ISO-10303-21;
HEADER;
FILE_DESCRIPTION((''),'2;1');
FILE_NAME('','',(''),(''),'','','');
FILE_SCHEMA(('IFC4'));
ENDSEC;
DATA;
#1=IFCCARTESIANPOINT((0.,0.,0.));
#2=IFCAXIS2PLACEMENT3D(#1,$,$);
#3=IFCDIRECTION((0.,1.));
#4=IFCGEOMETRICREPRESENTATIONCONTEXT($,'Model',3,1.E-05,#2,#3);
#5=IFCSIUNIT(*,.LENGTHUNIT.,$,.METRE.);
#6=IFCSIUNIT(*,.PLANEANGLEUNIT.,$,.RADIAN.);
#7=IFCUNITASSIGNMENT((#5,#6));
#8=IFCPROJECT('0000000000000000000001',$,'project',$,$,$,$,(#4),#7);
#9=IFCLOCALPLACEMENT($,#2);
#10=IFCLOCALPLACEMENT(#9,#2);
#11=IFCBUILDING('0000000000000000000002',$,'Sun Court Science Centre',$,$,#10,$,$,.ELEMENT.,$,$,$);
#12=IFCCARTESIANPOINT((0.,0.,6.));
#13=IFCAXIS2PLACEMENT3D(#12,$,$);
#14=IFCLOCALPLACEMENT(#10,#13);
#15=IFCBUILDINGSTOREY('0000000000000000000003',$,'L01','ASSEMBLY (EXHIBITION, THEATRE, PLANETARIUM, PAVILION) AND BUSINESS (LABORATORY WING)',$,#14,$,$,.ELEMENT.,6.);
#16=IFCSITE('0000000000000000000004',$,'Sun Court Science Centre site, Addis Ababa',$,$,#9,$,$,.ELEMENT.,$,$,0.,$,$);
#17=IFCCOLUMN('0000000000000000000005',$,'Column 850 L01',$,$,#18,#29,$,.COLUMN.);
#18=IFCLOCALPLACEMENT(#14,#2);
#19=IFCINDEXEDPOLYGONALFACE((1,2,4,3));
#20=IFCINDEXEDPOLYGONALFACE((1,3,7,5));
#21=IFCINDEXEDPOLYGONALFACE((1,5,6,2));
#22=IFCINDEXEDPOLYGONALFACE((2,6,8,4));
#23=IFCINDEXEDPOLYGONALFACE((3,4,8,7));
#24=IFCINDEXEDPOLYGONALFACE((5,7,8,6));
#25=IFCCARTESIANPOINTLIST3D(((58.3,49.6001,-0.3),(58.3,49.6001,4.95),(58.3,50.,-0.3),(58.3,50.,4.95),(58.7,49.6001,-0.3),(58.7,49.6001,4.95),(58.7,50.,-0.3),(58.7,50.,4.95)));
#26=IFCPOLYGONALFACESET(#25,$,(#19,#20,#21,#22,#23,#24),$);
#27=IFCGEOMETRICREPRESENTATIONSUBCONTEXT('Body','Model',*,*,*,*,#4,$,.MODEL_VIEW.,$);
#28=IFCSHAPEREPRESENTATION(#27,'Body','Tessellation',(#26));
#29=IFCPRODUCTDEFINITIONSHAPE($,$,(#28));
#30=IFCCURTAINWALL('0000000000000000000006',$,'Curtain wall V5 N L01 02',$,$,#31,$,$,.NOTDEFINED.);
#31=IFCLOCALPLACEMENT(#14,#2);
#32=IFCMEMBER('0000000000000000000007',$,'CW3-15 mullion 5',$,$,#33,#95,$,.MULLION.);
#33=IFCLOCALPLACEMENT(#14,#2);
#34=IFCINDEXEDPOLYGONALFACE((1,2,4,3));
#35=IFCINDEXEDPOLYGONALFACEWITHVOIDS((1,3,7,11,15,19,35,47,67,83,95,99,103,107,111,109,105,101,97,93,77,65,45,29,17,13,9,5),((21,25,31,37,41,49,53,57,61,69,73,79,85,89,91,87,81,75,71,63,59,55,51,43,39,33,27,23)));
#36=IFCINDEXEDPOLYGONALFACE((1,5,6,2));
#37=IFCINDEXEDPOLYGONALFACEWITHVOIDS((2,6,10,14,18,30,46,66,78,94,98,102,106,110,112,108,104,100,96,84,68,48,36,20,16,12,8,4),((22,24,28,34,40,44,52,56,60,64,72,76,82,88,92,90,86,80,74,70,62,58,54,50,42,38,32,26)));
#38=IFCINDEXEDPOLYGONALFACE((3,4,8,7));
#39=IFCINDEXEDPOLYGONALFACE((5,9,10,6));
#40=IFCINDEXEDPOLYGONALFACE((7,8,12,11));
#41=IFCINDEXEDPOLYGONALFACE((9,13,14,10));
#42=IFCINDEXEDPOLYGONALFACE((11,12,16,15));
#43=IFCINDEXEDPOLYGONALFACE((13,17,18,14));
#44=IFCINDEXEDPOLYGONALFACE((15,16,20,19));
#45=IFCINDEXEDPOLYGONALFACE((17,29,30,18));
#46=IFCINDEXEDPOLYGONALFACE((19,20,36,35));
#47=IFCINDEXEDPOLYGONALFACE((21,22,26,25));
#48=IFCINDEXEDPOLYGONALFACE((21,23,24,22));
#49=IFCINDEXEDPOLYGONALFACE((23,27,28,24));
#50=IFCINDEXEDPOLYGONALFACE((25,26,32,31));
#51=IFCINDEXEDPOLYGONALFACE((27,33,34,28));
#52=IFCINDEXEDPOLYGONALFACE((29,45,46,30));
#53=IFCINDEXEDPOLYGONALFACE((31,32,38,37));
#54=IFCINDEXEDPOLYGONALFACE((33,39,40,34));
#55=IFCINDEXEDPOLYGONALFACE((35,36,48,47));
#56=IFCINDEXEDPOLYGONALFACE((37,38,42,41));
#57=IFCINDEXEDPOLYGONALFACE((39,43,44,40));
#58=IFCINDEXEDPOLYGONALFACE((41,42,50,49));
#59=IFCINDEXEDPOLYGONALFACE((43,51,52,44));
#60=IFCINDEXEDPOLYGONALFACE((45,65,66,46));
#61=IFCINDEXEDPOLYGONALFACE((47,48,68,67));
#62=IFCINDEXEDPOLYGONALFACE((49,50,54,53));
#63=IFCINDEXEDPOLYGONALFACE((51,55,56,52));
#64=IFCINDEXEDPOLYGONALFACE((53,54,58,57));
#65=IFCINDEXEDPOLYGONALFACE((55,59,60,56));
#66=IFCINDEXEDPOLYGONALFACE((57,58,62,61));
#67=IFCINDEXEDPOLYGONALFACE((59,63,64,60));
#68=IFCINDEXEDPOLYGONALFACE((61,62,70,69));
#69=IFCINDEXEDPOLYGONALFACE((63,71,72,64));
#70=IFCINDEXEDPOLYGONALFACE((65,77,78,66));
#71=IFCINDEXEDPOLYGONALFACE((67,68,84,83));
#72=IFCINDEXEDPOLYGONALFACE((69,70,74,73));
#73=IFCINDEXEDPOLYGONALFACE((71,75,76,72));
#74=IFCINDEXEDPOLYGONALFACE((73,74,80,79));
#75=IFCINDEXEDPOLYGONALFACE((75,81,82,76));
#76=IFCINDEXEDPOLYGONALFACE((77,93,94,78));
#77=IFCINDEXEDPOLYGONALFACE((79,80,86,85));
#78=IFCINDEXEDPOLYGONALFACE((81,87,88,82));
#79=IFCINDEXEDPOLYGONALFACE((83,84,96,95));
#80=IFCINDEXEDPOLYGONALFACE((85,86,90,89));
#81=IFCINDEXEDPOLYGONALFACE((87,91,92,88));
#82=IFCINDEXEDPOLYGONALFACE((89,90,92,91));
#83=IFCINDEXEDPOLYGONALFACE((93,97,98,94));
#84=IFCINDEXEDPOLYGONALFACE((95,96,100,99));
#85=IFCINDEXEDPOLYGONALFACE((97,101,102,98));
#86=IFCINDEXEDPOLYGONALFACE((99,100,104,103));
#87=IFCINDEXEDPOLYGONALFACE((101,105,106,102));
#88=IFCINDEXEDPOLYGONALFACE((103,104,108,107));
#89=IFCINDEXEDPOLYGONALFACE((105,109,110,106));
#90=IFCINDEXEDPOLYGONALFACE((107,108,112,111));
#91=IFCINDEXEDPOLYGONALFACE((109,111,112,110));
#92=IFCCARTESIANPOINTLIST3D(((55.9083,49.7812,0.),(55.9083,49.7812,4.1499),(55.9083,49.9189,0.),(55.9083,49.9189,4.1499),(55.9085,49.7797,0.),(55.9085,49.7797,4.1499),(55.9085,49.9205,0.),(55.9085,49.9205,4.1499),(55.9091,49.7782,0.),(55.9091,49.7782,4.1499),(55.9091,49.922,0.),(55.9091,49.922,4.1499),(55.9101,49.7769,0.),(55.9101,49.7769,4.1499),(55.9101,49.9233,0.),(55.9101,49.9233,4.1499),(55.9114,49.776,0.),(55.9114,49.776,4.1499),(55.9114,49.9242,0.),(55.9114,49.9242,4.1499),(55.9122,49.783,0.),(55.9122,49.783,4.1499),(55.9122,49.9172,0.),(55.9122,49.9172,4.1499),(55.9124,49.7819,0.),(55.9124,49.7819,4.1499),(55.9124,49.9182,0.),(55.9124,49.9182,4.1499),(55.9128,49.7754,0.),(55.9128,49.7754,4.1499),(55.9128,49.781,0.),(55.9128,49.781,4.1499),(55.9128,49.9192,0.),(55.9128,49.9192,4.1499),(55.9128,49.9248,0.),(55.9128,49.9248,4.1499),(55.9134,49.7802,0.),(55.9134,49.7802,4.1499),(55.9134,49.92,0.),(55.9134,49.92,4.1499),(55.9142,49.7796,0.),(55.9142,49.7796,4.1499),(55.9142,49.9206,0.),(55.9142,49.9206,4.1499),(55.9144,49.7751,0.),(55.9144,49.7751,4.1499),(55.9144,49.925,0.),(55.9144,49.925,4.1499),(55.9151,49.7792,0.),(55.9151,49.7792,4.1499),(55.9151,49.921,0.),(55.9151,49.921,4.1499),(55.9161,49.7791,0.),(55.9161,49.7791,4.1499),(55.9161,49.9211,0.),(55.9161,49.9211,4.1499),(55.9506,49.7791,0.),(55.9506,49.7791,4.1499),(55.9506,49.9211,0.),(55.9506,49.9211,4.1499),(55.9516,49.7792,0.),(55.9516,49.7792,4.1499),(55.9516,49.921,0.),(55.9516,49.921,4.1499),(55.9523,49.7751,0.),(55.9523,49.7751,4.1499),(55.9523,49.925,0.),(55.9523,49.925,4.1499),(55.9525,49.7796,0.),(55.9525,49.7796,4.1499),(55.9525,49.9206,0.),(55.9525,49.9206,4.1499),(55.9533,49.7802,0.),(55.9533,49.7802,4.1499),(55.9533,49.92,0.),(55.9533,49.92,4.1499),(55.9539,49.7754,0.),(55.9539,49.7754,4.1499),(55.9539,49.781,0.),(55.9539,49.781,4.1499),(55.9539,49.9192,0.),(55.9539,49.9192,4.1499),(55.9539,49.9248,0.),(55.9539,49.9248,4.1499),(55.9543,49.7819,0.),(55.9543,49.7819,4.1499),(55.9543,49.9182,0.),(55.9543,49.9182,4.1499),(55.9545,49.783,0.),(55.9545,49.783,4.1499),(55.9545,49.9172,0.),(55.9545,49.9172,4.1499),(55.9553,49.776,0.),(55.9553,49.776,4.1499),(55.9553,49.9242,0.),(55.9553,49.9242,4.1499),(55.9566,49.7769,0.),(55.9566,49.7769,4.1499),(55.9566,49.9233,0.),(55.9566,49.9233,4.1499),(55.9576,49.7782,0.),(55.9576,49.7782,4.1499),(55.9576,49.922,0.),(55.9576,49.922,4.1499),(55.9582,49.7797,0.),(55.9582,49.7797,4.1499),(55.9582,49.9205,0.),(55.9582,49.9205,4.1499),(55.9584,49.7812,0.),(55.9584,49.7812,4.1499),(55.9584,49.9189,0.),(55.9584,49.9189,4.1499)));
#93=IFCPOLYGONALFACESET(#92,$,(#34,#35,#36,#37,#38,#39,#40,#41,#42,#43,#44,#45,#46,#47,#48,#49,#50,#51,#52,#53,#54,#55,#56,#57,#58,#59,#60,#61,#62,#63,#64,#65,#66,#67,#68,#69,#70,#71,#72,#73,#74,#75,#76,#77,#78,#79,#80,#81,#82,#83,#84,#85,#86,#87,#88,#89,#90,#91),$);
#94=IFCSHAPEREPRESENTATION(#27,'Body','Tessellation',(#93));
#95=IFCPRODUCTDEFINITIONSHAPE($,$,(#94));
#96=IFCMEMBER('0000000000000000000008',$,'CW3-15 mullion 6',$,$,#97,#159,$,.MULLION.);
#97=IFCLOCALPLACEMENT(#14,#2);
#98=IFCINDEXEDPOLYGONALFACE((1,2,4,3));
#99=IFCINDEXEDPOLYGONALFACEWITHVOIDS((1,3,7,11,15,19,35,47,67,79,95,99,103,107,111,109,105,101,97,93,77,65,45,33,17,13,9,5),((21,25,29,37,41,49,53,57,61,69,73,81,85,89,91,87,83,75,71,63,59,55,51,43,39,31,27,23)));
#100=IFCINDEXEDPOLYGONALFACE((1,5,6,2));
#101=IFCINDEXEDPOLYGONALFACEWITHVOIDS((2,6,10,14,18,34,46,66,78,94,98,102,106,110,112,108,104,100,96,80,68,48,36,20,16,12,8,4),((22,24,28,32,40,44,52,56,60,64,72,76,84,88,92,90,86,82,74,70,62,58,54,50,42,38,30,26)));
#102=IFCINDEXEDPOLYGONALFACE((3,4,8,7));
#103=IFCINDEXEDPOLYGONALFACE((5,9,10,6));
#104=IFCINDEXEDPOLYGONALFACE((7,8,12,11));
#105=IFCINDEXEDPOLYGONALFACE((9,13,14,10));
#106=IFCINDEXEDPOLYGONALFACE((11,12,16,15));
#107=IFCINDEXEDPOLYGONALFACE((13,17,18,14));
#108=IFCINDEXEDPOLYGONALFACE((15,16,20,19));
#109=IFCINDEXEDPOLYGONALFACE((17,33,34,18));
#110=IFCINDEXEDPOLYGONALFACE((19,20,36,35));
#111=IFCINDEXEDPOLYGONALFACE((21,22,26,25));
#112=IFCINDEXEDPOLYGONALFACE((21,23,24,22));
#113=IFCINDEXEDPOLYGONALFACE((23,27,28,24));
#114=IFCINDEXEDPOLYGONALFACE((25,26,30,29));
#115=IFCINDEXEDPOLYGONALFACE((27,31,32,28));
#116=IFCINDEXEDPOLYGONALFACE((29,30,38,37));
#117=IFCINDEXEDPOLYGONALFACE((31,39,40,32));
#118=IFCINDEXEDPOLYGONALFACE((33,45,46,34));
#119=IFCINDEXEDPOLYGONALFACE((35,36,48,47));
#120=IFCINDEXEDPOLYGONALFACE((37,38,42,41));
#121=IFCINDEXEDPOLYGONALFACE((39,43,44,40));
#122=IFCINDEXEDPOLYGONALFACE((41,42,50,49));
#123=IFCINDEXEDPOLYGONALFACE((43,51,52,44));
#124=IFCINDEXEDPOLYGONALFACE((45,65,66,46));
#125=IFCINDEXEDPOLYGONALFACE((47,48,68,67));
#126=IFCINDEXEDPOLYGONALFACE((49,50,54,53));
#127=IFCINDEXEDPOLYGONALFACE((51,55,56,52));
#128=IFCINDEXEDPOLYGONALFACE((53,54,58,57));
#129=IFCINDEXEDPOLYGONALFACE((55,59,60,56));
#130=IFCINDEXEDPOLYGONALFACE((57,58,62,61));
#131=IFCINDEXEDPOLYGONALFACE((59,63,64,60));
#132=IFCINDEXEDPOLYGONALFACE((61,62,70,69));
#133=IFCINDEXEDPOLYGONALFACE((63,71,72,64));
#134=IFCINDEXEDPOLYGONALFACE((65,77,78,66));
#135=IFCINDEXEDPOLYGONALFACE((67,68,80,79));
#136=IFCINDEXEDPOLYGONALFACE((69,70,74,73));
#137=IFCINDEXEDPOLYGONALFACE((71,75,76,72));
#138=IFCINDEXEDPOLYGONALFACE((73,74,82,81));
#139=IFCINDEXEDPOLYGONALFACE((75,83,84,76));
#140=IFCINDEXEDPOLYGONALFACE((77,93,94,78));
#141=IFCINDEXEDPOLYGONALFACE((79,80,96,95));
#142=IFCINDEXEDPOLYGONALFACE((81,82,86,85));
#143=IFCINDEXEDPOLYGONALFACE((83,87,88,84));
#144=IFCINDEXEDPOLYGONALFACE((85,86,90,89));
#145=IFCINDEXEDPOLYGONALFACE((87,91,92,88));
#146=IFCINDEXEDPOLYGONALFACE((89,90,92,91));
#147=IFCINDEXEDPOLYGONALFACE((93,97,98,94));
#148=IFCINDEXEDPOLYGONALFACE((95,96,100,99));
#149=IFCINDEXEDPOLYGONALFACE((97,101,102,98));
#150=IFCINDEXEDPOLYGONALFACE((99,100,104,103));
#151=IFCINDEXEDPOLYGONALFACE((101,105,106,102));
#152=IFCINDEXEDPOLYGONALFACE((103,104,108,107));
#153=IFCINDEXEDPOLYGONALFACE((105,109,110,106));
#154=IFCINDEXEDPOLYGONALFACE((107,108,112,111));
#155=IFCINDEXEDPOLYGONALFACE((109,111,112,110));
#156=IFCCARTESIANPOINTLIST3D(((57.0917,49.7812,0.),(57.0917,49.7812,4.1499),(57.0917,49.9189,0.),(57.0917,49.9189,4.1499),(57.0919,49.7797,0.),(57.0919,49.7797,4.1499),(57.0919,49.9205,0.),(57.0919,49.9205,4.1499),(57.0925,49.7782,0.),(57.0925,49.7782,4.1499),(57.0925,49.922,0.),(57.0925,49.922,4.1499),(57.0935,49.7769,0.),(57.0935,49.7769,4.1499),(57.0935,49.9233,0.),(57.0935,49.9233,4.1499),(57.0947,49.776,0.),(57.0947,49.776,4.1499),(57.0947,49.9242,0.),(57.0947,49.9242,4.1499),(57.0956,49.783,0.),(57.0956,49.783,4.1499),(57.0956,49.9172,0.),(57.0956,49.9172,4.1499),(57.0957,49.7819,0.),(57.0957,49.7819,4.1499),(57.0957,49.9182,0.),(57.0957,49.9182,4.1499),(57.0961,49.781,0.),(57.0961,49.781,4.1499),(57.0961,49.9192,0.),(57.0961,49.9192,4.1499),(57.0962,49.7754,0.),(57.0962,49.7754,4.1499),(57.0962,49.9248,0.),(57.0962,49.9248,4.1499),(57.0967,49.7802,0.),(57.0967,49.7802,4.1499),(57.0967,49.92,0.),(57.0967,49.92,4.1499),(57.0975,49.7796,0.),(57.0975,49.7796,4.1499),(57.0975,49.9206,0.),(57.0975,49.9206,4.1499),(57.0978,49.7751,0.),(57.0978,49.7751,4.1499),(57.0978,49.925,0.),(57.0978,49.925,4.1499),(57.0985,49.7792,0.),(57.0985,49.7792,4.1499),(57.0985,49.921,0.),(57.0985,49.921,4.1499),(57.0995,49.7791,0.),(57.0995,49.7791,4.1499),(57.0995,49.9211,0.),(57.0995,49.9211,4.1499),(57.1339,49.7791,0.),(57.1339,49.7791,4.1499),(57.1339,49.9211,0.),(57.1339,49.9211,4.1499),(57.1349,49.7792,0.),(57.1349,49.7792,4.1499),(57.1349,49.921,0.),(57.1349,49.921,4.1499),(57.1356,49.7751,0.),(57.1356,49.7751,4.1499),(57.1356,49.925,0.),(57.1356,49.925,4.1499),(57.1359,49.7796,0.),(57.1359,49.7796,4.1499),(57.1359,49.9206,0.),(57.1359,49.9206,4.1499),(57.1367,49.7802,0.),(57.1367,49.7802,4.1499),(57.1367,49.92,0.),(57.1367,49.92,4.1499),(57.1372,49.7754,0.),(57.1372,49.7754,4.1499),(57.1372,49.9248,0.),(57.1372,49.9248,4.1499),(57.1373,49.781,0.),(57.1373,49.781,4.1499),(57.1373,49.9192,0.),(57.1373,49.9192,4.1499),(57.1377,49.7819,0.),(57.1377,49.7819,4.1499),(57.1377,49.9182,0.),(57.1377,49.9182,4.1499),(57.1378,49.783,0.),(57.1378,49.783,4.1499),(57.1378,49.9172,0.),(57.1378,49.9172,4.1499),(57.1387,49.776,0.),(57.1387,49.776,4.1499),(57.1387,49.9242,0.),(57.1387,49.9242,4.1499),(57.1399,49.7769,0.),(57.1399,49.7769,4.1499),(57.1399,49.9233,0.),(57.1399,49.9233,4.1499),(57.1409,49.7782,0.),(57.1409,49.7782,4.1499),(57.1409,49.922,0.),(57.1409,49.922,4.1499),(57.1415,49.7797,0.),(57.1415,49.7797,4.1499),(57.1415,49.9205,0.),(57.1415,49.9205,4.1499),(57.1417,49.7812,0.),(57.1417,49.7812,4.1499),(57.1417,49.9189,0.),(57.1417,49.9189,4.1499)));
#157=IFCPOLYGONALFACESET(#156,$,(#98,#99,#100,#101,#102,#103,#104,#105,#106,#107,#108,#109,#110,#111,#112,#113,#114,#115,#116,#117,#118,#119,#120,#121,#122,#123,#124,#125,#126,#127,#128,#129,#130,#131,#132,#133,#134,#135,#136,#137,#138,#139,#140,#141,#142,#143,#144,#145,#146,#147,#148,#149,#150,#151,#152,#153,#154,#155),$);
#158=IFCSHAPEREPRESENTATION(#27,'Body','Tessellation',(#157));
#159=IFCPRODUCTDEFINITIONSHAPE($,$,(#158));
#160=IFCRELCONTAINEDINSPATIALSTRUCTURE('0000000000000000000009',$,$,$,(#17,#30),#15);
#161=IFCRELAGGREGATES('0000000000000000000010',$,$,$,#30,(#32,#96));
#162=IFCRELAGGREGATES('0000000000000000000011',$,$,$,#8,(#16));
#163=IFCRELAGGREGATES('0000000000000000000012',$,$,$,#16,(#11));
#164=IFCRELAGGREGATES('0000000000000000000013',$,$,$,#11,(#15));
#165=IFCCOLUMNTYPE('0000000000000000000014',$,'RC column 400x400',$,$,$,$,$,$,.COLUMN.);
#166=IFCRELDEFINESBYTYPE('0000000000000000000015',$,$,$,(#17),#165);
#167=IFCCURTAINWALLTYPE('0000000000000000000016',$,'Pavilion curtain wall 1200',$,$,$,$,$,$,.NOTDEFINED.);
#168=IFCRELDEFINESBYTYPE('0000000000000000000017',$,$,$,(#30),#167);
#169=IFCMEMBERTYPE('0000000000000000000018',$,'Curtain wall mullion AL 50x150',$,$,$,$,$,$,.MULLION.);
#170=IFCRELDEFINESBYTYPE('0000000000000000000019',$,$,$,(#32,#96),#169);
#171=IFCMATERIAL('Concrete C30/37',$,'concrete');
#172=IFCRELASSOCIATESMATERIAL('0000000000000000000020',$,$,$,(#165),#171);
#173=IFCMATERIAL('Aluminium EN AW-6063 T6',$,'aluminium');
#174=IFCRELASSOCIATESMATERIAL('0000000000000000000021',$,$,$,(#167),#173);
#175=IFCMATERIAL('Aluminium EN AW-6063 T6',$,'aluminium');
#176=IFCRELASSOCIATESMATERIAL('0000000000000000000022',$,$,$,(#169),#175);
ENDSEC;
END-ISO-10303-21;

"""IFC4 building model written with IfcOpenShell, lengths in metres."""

from ifc_helpers import new_model, si_unit, direction, frame, origin, origin_2d, place, context, subcontext, project, spatial, rectangle, hollow_rectangle, extrude, material, material_profile, profile_set, type_object, element, aggregate, save


model = new_model("IFC4")

# Units and contexts
model_context = context("Model", 3, precision=1e-05, world=origin(), true_north=direction((0.0, 1.0)))
body_context = subcontext(model_context, "Body", "Model", "MODEL_VIEW")
ifc_project = project(units=[si_unit("LENGTHUNIT", "METRE"), si_unit("PLANEANGLEUNIT", "RADIAN")], contexts=[model_context])

# Site, building, storey
site_placement = place(None, origin())
site = spatial("IfcSite", under=ifc_project, at=site_placement, Name="Sun Court Science Centre site, Addis Ababa", CompositionType="ELEMENT", RefElevation=0.0)
building_placement = place(site_placement, origin())
building = spatial("IfcBuilding", under=site, at=building_placement, Name="Sun Court Science Centre", CompositionType="ELEMENT")
storey_placement = place(building_placement, frame((0.0, 0.0, 6.0)))
storey = spatial("IfcBuildingStorey", under=building, at=storey_placement, Name="L01", Description="ASSEMBLY (EXHIBITION, THEATRE, PLANETARIUM, PAVILION) AND BUSINESS (LABORATORY WING)", CompositionType="ELEMENT", Elevation=6.0)

# Column
ifc_material_1 = material(Name="Concrete C30/37", Category="concrete")
ifc_material_profile_1 = material_profile(ifc_material_1, rectangle(XDim=0.3999, YDim=0.3999, at=origin_2d()), Name="RC 400x400")
ifc_profile_set_1 = profile_set([ifc_material_profile_1], Name="Concrete C30/37")
column_type = type_object("IfcColumnType", Name="RC column 400x400", PredefinedType="COLUMN", material=ifc_profile_set_1)
column_placement = place(storey_placement, frame((58.5, 49.8, -0.3), z_axis=(0.0, 0.0, 1.0), x_axis=(1.0, 0.0, 0.0)))
element("IfcColumn", 1, at=column_placement, inside=storey, type_object=column_type, Name="Column 850 L01", PredefinedType="COLUMN", context=body_context, shape_type="SweptSolid", body=[
    extrude(rectangle(XDim=0.3999, YDim=0.3999, at=origin_2d()), origin(), (0.0, 0.0, 1.0), 5.25),
])

# Curtain wall, members
ifc_material_2 = material(Name="Aluminium EN AW-6063 T6", Category="aluminium")
curtain_wall_type = type_object("IfcCurtainWallType", Name="Pavilion curtain wall 1200", PredefinedType="NOTDEFINED", material=ifc_material_2)
curtain_wall_1_placement = place(storey_placement, origin())
curtain_wall_1 = element("IfcCurtainWall", 2, at=curtain_wall_1_placement, inside=storey, type_object=curtain_wall_type, Name="Curtain wall V5 N L01 02", PredefinedType="NOTDEFINED")
ifc_material_3 = material(Name="Aluminium EN AW-6063 T6", Category="aluminium")
ifc_material_profile_2 = material_profile(ifc_material_3, hollow_rectangle(XDim=0.05, YDim=0.1499, WallThickness=0.0039, InnerFilletRadius=0.0039, OuterFilletRadius=0.0061, at=origin_2d()), Name="AL 50x150x4")
ifc_profile_set_2 = profile_set([ifc_material_profile_2], Name="Aluminium EN AW-6063 T6")
member_type_1 = type_object("IfcMemberType", Name="Curtain wall mullion AL 50x150", PredefinedType="MULLION", material=ifc_profile_set_2)
member_1_placement = place(storey_placement, frame((55.9333, 49.8501, 0.0), z_axis=(0.0, 0.0, 1.0), x_axis=(1.0, 0.0, 0.0)))
member_1 = element("IfcMember", 3, at=member_1_placement, type_object=member_type_1, Name="CW3-15 mullion 5", PredefinedType="MULLION", context=body_context, shape_type="SweptSolid", body=[
    extrude(hollow_rectangle(XDim=0.05, YDim=0.1499, WallThickness=0.0039, InnerFilletRadius=0.0039, OuterFilletRadius=0.0061, at=origin_2d()), origin(), (0.0, 0.0, 1.0), 4.1499),
])
member_2_placement = place(storey_placement, frame((57.1167, 49.8501, 0.0), z_axis=(0.0, 0.0, 1.0), x_axis=(1.0, 0.0, 0.0)))
member_2 = element("IfcMember", 4, at=member_2_placement, type_object=member_type_1, Name="CW3-15 mullion 6", PredefinedType="MULLION", context=body_context, shape_type="SweptSolid", body=[
    extrude(hollow_rectangle(XDim=0.05, YDim=0.1499, WallThickness=0.0039, InnerFilletRadius=0.0039, OuterFilletRadius=0.0061, at=origin_2d()), origin(), (0.0, 0.0, 1.0), 4.1499),
])

aggregate(curtain_wall_1, [member_1, member_2])

save(model, "model.ifc")
